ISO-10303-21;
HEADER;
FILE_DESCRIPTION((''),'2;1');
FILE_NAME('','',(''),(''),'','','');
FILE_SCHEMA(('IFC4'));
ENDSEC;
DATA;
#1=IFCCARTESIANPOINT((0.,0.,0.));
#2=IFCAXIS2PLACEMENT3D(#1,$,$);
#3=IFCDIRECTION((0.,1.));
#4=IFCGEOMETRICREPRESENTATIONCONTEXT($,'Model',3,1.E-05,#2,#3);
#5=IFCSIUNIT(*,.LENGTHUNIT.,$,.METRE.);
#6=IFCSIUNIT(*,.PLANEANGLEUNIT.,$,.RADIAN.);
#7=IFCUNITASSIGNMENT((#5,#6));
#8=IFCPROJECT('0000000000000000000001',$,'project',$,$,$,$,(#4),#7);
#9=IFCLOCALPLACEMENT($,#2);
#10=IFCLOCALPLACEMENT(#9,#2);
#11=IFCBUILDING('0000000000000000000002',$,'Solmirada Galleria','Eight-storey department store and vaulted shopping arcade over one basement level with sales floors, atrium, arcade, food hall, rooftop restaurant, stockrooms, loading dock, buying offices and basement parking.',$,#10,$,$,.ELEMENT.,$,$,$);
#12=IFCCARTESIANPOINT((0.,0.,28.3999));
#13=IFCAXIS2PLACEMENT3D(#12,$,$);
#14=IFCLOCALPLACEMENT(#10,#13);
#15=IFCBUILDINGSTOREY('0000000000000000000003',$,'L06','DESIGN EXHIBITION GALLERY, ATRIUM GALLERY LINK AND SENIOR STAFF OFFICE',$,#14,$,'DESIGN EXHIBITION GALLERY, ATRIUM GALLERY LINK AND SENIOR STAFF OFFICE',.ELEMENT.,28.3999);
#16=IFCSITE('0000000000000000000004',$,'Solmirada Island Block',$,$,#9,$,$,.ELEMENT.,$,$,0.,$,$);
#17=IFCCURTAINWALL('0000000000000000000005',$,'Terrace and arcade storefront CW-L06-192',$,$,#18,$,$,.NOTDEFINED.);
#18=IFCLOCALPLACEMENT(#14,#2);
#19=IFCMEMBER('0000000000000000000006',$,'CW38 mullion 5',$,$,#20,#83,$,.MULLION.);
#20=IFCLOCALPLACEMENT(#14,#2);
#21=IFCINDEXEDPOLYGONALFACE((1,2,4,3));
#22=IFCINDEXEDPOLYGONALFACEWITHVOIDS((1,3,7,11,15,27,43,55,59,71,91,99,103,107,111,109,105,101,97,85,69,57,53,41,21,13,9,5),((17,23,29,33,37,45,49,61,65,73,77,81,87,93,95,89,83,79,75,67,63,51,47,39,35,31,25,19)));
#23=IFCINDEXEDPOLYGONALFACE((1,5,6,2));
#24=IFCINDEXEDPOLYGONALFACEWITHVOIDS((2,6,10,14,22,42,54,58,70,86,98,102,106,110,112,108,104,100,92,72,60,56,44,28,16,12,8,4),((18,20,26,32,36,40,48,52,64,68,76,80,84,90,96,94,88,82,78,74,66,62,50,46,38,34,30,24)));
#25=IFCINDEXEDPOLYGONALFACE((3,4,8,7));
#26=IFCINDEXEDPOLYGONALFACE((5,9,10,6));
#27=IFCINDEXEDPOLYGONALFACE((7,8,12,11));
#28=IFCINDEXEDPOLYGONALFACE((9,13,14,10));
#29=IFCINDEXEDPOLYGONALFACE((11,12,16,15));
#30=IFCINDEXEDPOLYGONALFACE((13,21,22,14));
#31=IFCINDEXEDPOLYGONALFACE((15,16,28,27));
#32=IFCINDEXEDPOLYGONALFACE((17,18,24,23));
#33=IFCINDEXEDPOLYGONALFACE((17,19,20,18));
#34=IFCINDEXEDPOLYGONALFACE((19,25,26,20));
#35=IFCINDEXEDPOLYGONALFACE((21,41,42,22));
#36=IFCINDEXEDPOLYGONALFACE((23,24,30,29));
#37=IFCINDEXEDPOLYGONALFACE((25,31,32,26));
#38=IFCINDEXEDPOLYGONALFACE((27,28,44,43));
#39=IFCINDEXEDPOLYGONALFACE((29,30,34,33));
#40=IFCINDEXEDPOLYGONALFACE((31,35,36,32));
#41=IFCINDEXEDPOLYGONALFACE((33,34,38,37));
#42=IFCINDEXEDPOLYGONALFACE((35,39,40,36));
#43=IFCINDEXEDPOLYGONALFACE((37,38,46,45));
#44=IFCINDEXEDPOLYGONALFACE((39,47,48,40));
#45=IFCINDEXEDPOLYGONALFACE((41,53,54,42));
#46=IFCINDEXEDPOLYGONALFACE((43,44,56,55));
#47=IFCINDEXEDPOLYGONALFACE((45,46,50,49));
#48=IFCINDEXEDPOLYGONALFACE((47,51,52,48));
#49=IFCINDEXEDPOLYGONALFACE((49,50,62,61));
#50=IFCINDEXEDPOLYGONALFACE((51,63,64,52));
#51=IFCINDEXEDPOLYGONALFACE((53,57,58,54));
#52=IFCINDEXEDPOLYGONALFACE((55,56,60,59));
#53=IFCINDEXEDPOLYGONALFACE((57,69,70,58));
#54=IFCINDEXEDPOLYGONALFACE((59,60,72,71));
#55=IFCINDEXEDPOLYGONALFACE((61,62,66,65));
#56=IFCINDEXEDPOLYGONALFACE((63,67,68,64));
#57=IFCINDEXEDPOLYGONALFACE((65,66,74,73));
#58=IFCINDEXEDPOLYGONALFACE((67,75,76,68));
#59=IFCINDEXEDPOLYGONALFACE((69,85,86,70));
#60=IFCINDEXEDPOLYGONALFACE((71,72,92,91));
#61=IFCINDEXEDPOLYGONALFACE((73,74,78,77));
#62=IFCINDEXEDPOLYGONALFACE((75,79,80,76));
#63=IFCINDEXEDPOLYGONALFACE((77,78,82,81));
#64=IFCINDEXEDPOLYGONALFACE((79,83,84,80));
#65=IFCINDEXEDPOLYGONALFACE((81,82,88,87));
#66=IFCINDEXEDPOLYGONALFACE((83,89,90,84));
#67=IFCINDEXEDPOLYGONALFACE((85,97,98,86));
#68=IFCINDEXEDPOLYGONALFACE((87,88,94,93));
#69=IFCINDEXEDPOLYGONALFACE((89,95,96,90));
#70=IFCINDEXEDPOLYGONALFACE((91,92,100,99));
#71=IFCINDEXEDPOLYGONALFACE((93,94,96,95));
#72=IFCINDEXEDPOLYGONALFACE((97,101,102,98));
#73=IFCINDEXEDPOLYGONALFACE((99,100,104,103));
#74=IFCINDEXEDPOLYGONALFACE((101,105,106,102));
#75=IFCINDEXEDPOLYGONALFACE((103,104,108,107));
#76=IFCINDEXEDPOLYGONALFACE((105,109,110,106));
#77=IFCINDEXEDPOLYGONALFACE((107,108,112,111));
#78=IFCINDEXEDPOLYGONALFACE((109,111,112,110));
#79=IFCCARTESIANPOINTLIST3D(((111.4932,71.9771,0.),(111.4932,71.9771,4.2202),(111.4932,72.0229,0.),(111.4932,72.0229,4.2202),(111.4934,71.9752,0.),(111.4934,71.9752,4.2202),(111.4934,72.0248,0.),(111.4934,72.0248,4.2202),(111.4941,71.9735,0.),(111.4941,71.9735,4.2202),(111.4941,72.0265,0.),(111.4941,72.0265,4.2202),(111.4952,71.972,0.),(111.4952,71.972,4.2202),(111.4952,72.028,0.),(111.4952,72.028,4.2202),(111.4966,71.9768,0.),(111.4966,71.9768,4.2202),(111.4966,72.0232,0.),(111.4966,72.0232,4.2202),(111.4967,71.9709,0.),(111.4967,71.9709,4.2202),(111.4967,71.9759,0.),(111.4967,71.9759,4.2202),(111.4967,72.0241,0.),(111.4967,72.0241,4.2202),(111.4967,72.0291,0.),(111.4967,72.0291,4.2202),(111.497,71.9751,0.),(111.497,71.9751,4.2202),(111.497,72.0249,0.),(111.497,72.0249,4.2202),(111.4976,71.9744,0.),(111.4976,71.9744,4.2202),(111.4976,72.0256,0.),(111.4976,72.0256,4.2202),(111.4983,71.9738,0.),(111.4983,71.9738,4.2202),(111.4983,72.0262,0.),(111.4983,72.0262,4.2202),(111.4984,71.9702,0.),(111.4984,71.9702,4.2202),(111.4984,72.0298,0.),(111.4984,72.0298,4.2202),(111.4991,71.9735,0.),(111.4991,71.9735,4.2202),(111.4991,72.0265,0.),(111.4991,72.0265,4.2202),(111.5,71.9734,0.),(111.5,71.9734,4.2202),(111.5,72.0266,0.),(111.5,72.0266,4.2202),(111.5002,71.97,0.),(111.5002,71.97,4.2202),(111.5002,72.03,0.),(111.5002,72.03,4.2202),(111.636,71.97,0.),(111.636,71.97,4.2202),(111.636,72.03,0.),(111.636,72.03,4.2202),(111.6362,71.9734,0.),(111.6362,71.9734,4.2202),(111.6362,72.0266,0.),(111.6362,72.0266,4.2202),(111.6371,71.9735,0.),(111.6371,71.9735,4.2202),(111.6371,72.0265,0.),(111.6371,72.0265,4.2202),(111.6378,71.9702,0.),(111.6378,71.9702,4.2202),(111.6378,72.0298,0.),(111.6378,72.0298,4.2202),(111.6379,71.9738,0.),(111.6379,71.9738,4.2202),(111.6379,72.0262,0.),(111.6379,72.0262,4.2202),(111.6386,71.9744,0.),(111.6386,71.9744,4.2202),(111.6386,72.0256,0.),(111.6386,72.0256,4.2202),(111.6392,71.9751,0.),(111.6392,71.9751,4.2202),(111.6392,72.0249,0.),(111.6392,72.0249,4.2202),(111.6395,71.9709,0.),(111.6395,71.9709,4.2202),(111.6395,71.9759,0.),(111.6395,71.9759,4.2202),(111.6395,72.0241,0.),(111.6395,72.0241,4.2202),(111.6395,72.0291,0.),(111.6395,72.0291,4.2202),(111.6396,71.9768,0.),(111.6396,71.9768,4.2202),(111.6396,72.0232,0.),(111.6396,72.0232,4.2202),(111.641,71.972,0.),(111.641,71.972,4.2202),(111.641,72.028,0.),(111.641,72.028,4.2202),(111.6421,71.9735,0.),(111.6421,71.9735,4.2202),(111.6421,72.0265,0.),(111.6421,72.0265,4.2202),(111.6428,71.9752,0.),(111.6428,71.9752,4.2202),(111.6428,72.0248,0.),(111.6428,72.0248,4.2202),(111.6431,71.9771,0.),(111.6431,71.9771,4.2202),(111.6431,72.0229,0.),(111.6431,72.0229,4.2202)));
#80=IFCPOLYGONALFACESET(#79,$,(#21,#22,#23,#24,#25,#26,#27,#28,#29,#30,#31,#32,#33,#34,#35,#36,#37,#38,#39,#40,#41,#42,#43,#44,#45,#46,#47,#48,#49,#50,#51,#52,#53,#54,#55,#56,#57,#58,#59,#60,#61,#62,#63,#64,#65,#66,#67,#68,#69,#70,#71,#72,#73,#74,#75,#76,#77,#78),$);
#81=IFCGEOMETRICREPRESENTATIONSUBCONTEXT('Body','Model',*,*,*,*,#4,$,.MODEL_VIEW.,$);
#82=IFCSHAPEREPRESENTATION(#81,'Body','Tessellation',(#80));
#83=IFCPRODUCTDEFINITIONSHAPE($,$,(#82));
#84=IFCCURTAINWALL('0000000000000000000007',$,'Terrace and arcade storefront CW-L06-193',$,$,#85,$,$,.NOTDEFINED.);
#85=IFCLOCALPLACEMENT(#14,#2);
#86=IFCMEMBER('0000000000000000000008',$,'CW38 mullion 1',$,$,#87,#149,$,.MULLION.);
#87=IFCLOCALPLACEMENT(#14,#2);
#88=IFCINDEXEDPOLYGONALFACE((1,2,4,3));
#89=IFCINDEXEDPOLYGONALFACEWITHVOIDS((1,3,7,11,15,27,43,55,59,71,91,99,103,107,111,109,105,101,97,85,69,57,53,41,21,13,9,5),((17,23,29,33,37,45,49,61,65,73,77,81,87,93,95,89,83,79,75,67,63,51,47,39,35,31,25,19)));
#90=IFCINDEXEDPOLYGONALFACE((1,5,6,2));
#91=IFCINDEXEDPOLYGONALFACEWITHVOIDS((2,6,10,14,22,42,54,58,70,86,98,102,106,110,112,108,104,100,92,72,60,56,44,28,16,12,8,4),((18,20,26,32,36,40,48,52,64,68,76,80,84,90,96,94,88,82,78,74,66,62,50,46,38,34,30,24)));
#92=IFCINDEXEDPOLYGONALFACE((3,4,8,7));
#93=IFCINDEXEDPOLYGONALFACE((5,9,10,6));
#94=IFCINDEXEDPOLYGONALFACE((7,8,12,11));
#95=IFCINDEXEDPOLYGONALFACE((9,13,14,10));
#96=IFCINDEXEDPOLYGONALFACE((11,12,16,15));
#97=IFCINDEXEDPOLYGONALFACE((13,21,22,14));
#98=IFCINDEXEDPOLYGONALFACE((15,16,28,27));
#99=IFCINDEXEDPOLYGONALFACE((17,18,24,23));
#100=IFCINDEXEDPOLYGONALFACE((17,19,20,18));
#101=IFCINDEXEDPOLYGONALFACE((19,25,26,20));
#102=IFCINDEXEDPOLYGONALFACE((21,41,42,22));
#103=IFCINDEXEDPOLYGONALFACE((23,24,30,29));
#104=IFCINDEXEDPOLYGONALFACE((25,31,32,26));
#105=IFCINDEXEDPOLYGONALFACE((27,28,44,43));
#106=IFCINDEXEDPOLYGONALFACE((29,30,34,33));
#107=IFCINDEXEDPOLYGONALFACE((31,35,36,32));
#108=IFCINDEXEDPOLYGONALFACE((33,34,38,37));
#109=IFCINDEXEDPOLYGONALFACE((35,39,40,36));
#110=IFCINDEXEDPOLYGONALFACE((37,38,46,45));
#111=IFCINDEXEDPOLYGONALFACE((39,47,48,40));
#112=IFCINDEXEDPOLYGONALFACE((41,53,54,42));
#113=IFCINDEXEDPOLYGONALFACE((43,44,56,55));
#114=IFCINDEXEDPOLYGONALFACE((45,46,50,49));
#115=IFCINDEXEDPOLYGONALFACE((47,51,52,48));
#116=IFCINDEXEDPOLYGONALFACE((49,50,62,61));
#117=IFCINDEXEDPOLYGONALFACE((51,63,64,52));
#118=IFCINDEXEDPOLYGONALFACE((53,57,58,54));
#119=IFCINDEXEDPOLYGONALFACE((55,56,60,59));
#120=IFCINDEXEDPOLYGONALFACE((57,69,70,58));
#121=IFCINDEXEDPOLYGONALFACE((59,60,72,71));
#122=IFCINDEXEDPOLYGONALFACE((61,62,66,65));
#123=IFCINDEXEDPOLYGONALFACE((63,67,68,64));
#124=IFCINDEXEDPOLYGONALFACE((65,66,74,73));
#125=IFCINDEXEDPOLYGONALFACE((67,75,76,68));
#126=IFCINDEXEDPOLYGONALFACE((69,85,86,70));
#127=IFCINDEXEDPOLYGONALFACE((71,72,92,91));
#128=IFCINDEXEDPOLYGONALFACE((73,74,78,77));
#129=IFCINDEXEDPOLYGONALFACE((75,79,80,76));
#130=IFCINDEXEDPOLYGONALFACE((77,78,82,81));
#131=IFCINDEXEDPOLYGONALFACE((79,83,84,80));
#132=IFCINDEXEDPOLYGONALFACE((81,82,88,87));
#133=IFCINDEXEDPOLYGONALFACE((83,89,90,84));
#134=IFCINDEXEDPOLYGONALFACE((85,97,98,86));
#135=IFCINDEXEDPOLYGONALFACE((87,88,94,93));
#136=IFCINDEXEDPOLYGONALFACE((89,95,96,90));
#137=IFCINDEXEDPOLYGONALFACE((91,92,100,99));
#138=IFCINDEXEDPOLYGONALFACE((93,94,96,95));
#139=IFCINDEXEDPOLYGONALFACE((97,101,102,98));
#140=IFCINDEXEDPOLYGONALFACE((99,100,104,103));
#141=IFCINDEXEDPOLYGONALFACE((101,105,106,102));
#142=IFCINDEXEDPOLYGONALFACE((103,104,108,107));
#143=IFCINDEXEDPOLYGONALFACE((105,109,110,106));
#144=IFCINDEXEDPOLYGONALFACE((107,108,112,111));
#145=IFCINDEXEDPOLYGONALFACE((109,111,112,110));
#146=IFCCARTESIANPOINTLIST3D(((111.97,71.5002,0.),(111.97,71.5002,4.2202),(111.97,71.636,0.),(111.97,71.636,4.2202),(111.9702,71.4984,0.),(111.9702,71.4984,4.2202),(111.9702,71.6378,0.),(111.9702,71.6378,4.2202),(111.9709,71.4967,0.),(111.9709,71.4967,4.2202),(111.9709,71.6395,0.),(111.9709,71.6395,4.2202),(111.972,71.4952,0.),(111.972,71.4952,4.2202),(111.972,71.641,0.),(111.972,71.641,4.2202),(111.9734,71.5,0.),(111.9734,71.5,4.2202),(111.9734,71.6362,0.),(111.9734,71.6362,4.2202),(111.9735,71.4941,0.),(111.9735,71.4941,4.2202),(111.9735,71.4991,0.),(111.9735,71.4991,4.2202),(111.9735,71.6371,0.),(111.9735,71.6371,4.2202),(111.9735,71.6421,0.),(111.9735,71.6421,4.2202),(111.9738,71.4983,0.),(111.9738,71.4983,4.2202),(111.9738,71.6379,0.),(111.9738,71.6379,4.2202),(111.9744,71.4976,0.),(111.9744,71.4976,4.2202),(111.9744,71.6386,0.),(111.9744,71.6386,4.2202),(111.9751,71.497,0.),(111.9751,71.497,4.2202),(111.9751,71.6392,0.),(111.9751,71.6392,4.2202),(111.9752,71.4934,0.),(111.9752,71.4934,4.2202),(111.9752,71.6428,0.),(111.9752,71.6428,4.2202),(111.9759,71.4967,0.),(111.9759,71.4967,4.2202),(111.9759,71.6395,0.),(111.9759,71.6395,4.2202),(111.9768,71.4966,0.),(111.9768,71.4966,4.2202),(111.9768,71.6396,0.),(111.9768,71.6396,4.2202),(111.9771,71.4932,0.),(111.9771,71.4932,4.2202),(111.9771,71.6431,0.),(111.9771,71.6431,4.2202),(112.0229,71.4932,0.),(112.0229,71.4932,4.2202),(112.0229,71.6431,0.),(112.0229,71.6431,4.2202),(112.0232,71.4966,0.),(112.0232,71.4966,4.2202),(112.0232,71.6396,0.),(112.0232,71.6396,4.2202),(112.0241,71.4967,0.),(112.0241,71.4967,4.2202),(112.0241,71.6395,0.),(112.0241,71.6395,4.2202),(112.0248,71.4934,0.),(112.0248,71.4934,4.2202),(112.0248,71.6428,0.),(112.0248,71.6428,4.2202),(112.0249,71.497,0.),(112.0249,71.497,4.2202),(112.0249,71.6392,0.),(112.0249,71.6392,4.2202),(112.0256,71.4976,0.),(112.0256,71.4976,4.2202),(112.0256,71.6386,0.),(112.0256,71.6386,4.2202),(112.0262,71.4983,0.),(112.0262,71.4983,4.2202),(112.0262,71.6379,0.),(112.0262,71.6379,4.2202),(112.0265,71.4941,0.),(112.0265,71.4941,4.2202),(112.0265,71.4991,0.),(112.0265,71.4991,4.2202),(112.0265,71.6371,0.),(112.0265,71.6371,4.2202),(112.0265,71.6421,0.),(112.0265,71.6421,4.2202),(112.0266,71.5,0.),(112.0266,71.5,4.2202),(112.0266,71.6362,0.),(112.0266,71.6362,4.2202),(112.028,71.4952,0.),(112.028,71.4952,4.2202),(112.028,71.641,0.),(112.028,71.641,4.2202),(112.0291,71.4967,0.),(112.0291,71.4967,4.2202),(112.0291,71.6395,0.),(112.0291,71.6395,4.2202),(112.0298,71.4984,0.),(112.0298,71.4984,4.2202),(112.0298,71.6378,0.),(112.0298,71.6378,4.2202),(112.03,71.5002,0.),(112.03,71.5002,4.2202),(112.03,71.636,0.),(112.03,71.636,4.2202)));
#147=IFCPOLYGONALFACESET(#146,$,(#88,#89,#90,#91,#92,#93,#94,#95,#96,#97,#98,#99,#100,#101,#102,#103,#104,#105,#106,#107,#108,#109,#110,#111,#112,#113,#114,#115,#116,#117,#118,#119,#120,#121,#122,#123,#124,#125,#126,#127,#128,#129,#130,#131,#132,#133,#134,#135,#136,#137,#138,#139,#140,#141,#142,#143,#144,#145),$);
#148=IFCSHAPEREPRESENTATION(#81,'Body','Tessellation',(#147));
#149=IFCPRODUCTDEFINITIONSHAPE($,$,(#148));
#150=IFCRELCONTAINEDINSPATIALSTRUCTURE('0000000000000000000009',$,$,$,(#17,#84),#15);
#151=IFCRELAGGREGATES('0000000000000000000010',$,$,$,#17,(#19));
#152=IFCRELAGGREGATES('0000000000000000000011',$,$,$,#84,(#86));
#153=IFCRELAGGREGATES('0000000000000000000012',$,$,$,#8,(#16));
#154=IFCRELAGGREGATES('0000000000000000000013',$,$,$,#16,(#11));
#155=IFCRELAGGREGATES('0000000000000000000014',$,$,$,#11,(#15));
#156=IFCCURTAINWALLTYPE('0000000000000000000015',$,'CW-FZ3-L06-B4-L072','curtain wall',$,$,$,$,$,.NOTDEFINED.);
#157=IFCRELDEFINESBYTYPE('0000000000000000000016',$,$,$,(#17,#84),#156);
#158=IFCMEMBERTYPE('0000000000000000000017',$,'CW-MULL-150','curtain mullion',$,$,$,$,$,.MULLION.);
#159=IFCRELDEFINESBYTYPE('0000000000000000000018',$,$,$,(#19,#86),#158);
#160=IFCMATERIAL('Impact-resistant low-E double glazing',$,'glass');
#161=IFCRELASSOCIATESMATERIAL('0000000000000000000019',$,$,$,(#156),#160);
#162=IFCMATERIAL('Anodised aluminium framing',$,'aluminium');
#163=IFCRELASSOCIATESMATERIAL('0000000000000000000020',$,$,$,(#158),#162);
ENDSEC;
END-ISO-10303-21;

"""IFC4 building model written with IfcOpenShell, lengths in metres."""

from ifc_helpers import new_model, si_unit, direction, frame, origin, origin_2d, place, context, subcontext, project, spatial, hollow_rectangle, extrude, material, material_profile, profile_set, type_object, element, aggregate, save


model = new_model("IFC4")

# Units and contexts
model_context = context("Model", 3, precision=1e-05, world=origin(), true_north=direction((0.0, 1.0)))
body_context = subcontext(model_context, "Body", "Model", "MODEL_VIEW")
ifc_project = project(units=[si_unit("LENGTHUNIT", "METRE"), si_unit("PLANEANGLEUNIT", "RADIAN")], contexts=[model_context])

# Site, building, storey
site_placement = place(None, origin())
site = spatial("IfcSite", under=ifc_project, at=site_placement, Name="Solmirada Island Block", CompositionType="ELEMENT", RefElevation=0.0)
building_placement = place(site_placement, origin())
building = spatial("IfcBuilding", under=site, at=building_placement, Name="Solmirada Galleria", Description="Eight-storey department store and vaulted shopping arcade over one basement level with sales floors, atrium, arcade, food hall, rooftop restaurant, stockrooms, loading dock, buying offices and basement parking.", CompositionType="ELEMENT")
storey_placement = place(building_placement, frame((0.0, 0.0, 28.3999)))
storey = spatial("IfcBuildingStorey", under=building, at=storey_placement, Name="L06", Description="DESIGN EXHIBITION GALLERY, ATRIUM GALLERY LINK AND SENIOR STAFF OFFICE", LongName="DESIGN EXHIBITION GALLERY, ATRIUM GALLERY LINK AND SENIOR STAFF OFFICE", CompositionType="ELEMENT", Elevation=28.3999)

# Curtain walls, members
ifc_material_1 = material(Name="Impact-resistant low-E double glazing", Category="glass")
curtain_wall_type = type_object("IfcCurtainWallType", Name="CW-FZ3-L06-B4-L072", Description="curtain wall", PredefinedType="NOTDEFINED", material=ifc_material_1)
curtain_wall_1_placement = place(storey_placement, origin())
curtain_wall_1 = element("IfcCurtainWall", 1, at=curtain_wall_1_placement, inside=storey, type_object=curtain_wall_type, Name="Terrace and arcade storefront CW-L06-192", PredefinedType="NOTDEFINED")
ifc_material_2 = material(Name="Anodised aluminium framing", Category="aluminium")
ifc_material_profile_1 = material_profile(ifc_material_2, hollow_rectangle(XDim=0.0601, YDim=0.1499, WallThickness=0.0034, InnerFilletRadius=0.0034, OuterFilletRadius=0.0071, at=origin_2d()), Name="ALU-MULL-150X60")
ifc_profile_set_1 = profile_set([ifc_material_profile_1], Name="Anodised aluminium framing")
member_type_1 = type_object("IfcMemberType", Name="CW-MULL-150", Description="curtain mullion", PredefinedType="MULLION", material=ifc_profile_set_1)
member_1_placement = place(storey_placement, frame((111.5681, 72.0, 0.0), z_axis=(0.0, 0.0, 1.0), x_axis=(0.0, 1.0, 0.0)))
member_1 = element("IfcMember", 2, at=member_1_placement, type_object=member_type_1, Name="CW38 mullion 5", PredefinedType="MULLION", context=body_context, shape_type="SweptSolid", body=[
    extrude(hollow_rectangle(XDim=0.0601, YDim=0.1499, WallThickness=0.0034, InnerFilletRadius=0.0034, OuterFilletRadius=0.0071, at=origin_2d()), origin(), (0.0, 0.0, 1.0), 4.2202),
])
curtain_wall_2_placement = place(storey_placement, origin())
curtain_wall_2 = element("IfcCurtainWall", 3, at=curtain_wall_2_placement, inside=storey, type_object=curtain_wall_type, Name="Terrace and arcade storefront CW-L06-193", PredefinedType="NOTDEFINED")
member_2_placement = place(storey_placement, frame((112.0, 71.5681, 0.0), z_axis=(0.0, 0.0, 1.0), x_axis=(1.0, 0.0, 0.0)))
member_2 = element("IfcMember", 4, at=member_2_placement, type_object=member_type_1, Name="CW38 mullion 1", PredefinedType="MULLION", context=body_context, shape_type="SweptSolid", body=[
    extrude(hollow_rectangle(XDim=0.0601, YDim=0.1499, WallThickness=0.0034, InnerFilletRadius=0.0034, OuterFilletRadius=0.0071, at=origin_2d()), origin(), (0.0, 0.0, 1.0), 4.2202),
])

aggregate(curtain_wall_1, [member_1])
aggregate(curtain_wall_2, [member_2])

save(model, "model.ifc")
